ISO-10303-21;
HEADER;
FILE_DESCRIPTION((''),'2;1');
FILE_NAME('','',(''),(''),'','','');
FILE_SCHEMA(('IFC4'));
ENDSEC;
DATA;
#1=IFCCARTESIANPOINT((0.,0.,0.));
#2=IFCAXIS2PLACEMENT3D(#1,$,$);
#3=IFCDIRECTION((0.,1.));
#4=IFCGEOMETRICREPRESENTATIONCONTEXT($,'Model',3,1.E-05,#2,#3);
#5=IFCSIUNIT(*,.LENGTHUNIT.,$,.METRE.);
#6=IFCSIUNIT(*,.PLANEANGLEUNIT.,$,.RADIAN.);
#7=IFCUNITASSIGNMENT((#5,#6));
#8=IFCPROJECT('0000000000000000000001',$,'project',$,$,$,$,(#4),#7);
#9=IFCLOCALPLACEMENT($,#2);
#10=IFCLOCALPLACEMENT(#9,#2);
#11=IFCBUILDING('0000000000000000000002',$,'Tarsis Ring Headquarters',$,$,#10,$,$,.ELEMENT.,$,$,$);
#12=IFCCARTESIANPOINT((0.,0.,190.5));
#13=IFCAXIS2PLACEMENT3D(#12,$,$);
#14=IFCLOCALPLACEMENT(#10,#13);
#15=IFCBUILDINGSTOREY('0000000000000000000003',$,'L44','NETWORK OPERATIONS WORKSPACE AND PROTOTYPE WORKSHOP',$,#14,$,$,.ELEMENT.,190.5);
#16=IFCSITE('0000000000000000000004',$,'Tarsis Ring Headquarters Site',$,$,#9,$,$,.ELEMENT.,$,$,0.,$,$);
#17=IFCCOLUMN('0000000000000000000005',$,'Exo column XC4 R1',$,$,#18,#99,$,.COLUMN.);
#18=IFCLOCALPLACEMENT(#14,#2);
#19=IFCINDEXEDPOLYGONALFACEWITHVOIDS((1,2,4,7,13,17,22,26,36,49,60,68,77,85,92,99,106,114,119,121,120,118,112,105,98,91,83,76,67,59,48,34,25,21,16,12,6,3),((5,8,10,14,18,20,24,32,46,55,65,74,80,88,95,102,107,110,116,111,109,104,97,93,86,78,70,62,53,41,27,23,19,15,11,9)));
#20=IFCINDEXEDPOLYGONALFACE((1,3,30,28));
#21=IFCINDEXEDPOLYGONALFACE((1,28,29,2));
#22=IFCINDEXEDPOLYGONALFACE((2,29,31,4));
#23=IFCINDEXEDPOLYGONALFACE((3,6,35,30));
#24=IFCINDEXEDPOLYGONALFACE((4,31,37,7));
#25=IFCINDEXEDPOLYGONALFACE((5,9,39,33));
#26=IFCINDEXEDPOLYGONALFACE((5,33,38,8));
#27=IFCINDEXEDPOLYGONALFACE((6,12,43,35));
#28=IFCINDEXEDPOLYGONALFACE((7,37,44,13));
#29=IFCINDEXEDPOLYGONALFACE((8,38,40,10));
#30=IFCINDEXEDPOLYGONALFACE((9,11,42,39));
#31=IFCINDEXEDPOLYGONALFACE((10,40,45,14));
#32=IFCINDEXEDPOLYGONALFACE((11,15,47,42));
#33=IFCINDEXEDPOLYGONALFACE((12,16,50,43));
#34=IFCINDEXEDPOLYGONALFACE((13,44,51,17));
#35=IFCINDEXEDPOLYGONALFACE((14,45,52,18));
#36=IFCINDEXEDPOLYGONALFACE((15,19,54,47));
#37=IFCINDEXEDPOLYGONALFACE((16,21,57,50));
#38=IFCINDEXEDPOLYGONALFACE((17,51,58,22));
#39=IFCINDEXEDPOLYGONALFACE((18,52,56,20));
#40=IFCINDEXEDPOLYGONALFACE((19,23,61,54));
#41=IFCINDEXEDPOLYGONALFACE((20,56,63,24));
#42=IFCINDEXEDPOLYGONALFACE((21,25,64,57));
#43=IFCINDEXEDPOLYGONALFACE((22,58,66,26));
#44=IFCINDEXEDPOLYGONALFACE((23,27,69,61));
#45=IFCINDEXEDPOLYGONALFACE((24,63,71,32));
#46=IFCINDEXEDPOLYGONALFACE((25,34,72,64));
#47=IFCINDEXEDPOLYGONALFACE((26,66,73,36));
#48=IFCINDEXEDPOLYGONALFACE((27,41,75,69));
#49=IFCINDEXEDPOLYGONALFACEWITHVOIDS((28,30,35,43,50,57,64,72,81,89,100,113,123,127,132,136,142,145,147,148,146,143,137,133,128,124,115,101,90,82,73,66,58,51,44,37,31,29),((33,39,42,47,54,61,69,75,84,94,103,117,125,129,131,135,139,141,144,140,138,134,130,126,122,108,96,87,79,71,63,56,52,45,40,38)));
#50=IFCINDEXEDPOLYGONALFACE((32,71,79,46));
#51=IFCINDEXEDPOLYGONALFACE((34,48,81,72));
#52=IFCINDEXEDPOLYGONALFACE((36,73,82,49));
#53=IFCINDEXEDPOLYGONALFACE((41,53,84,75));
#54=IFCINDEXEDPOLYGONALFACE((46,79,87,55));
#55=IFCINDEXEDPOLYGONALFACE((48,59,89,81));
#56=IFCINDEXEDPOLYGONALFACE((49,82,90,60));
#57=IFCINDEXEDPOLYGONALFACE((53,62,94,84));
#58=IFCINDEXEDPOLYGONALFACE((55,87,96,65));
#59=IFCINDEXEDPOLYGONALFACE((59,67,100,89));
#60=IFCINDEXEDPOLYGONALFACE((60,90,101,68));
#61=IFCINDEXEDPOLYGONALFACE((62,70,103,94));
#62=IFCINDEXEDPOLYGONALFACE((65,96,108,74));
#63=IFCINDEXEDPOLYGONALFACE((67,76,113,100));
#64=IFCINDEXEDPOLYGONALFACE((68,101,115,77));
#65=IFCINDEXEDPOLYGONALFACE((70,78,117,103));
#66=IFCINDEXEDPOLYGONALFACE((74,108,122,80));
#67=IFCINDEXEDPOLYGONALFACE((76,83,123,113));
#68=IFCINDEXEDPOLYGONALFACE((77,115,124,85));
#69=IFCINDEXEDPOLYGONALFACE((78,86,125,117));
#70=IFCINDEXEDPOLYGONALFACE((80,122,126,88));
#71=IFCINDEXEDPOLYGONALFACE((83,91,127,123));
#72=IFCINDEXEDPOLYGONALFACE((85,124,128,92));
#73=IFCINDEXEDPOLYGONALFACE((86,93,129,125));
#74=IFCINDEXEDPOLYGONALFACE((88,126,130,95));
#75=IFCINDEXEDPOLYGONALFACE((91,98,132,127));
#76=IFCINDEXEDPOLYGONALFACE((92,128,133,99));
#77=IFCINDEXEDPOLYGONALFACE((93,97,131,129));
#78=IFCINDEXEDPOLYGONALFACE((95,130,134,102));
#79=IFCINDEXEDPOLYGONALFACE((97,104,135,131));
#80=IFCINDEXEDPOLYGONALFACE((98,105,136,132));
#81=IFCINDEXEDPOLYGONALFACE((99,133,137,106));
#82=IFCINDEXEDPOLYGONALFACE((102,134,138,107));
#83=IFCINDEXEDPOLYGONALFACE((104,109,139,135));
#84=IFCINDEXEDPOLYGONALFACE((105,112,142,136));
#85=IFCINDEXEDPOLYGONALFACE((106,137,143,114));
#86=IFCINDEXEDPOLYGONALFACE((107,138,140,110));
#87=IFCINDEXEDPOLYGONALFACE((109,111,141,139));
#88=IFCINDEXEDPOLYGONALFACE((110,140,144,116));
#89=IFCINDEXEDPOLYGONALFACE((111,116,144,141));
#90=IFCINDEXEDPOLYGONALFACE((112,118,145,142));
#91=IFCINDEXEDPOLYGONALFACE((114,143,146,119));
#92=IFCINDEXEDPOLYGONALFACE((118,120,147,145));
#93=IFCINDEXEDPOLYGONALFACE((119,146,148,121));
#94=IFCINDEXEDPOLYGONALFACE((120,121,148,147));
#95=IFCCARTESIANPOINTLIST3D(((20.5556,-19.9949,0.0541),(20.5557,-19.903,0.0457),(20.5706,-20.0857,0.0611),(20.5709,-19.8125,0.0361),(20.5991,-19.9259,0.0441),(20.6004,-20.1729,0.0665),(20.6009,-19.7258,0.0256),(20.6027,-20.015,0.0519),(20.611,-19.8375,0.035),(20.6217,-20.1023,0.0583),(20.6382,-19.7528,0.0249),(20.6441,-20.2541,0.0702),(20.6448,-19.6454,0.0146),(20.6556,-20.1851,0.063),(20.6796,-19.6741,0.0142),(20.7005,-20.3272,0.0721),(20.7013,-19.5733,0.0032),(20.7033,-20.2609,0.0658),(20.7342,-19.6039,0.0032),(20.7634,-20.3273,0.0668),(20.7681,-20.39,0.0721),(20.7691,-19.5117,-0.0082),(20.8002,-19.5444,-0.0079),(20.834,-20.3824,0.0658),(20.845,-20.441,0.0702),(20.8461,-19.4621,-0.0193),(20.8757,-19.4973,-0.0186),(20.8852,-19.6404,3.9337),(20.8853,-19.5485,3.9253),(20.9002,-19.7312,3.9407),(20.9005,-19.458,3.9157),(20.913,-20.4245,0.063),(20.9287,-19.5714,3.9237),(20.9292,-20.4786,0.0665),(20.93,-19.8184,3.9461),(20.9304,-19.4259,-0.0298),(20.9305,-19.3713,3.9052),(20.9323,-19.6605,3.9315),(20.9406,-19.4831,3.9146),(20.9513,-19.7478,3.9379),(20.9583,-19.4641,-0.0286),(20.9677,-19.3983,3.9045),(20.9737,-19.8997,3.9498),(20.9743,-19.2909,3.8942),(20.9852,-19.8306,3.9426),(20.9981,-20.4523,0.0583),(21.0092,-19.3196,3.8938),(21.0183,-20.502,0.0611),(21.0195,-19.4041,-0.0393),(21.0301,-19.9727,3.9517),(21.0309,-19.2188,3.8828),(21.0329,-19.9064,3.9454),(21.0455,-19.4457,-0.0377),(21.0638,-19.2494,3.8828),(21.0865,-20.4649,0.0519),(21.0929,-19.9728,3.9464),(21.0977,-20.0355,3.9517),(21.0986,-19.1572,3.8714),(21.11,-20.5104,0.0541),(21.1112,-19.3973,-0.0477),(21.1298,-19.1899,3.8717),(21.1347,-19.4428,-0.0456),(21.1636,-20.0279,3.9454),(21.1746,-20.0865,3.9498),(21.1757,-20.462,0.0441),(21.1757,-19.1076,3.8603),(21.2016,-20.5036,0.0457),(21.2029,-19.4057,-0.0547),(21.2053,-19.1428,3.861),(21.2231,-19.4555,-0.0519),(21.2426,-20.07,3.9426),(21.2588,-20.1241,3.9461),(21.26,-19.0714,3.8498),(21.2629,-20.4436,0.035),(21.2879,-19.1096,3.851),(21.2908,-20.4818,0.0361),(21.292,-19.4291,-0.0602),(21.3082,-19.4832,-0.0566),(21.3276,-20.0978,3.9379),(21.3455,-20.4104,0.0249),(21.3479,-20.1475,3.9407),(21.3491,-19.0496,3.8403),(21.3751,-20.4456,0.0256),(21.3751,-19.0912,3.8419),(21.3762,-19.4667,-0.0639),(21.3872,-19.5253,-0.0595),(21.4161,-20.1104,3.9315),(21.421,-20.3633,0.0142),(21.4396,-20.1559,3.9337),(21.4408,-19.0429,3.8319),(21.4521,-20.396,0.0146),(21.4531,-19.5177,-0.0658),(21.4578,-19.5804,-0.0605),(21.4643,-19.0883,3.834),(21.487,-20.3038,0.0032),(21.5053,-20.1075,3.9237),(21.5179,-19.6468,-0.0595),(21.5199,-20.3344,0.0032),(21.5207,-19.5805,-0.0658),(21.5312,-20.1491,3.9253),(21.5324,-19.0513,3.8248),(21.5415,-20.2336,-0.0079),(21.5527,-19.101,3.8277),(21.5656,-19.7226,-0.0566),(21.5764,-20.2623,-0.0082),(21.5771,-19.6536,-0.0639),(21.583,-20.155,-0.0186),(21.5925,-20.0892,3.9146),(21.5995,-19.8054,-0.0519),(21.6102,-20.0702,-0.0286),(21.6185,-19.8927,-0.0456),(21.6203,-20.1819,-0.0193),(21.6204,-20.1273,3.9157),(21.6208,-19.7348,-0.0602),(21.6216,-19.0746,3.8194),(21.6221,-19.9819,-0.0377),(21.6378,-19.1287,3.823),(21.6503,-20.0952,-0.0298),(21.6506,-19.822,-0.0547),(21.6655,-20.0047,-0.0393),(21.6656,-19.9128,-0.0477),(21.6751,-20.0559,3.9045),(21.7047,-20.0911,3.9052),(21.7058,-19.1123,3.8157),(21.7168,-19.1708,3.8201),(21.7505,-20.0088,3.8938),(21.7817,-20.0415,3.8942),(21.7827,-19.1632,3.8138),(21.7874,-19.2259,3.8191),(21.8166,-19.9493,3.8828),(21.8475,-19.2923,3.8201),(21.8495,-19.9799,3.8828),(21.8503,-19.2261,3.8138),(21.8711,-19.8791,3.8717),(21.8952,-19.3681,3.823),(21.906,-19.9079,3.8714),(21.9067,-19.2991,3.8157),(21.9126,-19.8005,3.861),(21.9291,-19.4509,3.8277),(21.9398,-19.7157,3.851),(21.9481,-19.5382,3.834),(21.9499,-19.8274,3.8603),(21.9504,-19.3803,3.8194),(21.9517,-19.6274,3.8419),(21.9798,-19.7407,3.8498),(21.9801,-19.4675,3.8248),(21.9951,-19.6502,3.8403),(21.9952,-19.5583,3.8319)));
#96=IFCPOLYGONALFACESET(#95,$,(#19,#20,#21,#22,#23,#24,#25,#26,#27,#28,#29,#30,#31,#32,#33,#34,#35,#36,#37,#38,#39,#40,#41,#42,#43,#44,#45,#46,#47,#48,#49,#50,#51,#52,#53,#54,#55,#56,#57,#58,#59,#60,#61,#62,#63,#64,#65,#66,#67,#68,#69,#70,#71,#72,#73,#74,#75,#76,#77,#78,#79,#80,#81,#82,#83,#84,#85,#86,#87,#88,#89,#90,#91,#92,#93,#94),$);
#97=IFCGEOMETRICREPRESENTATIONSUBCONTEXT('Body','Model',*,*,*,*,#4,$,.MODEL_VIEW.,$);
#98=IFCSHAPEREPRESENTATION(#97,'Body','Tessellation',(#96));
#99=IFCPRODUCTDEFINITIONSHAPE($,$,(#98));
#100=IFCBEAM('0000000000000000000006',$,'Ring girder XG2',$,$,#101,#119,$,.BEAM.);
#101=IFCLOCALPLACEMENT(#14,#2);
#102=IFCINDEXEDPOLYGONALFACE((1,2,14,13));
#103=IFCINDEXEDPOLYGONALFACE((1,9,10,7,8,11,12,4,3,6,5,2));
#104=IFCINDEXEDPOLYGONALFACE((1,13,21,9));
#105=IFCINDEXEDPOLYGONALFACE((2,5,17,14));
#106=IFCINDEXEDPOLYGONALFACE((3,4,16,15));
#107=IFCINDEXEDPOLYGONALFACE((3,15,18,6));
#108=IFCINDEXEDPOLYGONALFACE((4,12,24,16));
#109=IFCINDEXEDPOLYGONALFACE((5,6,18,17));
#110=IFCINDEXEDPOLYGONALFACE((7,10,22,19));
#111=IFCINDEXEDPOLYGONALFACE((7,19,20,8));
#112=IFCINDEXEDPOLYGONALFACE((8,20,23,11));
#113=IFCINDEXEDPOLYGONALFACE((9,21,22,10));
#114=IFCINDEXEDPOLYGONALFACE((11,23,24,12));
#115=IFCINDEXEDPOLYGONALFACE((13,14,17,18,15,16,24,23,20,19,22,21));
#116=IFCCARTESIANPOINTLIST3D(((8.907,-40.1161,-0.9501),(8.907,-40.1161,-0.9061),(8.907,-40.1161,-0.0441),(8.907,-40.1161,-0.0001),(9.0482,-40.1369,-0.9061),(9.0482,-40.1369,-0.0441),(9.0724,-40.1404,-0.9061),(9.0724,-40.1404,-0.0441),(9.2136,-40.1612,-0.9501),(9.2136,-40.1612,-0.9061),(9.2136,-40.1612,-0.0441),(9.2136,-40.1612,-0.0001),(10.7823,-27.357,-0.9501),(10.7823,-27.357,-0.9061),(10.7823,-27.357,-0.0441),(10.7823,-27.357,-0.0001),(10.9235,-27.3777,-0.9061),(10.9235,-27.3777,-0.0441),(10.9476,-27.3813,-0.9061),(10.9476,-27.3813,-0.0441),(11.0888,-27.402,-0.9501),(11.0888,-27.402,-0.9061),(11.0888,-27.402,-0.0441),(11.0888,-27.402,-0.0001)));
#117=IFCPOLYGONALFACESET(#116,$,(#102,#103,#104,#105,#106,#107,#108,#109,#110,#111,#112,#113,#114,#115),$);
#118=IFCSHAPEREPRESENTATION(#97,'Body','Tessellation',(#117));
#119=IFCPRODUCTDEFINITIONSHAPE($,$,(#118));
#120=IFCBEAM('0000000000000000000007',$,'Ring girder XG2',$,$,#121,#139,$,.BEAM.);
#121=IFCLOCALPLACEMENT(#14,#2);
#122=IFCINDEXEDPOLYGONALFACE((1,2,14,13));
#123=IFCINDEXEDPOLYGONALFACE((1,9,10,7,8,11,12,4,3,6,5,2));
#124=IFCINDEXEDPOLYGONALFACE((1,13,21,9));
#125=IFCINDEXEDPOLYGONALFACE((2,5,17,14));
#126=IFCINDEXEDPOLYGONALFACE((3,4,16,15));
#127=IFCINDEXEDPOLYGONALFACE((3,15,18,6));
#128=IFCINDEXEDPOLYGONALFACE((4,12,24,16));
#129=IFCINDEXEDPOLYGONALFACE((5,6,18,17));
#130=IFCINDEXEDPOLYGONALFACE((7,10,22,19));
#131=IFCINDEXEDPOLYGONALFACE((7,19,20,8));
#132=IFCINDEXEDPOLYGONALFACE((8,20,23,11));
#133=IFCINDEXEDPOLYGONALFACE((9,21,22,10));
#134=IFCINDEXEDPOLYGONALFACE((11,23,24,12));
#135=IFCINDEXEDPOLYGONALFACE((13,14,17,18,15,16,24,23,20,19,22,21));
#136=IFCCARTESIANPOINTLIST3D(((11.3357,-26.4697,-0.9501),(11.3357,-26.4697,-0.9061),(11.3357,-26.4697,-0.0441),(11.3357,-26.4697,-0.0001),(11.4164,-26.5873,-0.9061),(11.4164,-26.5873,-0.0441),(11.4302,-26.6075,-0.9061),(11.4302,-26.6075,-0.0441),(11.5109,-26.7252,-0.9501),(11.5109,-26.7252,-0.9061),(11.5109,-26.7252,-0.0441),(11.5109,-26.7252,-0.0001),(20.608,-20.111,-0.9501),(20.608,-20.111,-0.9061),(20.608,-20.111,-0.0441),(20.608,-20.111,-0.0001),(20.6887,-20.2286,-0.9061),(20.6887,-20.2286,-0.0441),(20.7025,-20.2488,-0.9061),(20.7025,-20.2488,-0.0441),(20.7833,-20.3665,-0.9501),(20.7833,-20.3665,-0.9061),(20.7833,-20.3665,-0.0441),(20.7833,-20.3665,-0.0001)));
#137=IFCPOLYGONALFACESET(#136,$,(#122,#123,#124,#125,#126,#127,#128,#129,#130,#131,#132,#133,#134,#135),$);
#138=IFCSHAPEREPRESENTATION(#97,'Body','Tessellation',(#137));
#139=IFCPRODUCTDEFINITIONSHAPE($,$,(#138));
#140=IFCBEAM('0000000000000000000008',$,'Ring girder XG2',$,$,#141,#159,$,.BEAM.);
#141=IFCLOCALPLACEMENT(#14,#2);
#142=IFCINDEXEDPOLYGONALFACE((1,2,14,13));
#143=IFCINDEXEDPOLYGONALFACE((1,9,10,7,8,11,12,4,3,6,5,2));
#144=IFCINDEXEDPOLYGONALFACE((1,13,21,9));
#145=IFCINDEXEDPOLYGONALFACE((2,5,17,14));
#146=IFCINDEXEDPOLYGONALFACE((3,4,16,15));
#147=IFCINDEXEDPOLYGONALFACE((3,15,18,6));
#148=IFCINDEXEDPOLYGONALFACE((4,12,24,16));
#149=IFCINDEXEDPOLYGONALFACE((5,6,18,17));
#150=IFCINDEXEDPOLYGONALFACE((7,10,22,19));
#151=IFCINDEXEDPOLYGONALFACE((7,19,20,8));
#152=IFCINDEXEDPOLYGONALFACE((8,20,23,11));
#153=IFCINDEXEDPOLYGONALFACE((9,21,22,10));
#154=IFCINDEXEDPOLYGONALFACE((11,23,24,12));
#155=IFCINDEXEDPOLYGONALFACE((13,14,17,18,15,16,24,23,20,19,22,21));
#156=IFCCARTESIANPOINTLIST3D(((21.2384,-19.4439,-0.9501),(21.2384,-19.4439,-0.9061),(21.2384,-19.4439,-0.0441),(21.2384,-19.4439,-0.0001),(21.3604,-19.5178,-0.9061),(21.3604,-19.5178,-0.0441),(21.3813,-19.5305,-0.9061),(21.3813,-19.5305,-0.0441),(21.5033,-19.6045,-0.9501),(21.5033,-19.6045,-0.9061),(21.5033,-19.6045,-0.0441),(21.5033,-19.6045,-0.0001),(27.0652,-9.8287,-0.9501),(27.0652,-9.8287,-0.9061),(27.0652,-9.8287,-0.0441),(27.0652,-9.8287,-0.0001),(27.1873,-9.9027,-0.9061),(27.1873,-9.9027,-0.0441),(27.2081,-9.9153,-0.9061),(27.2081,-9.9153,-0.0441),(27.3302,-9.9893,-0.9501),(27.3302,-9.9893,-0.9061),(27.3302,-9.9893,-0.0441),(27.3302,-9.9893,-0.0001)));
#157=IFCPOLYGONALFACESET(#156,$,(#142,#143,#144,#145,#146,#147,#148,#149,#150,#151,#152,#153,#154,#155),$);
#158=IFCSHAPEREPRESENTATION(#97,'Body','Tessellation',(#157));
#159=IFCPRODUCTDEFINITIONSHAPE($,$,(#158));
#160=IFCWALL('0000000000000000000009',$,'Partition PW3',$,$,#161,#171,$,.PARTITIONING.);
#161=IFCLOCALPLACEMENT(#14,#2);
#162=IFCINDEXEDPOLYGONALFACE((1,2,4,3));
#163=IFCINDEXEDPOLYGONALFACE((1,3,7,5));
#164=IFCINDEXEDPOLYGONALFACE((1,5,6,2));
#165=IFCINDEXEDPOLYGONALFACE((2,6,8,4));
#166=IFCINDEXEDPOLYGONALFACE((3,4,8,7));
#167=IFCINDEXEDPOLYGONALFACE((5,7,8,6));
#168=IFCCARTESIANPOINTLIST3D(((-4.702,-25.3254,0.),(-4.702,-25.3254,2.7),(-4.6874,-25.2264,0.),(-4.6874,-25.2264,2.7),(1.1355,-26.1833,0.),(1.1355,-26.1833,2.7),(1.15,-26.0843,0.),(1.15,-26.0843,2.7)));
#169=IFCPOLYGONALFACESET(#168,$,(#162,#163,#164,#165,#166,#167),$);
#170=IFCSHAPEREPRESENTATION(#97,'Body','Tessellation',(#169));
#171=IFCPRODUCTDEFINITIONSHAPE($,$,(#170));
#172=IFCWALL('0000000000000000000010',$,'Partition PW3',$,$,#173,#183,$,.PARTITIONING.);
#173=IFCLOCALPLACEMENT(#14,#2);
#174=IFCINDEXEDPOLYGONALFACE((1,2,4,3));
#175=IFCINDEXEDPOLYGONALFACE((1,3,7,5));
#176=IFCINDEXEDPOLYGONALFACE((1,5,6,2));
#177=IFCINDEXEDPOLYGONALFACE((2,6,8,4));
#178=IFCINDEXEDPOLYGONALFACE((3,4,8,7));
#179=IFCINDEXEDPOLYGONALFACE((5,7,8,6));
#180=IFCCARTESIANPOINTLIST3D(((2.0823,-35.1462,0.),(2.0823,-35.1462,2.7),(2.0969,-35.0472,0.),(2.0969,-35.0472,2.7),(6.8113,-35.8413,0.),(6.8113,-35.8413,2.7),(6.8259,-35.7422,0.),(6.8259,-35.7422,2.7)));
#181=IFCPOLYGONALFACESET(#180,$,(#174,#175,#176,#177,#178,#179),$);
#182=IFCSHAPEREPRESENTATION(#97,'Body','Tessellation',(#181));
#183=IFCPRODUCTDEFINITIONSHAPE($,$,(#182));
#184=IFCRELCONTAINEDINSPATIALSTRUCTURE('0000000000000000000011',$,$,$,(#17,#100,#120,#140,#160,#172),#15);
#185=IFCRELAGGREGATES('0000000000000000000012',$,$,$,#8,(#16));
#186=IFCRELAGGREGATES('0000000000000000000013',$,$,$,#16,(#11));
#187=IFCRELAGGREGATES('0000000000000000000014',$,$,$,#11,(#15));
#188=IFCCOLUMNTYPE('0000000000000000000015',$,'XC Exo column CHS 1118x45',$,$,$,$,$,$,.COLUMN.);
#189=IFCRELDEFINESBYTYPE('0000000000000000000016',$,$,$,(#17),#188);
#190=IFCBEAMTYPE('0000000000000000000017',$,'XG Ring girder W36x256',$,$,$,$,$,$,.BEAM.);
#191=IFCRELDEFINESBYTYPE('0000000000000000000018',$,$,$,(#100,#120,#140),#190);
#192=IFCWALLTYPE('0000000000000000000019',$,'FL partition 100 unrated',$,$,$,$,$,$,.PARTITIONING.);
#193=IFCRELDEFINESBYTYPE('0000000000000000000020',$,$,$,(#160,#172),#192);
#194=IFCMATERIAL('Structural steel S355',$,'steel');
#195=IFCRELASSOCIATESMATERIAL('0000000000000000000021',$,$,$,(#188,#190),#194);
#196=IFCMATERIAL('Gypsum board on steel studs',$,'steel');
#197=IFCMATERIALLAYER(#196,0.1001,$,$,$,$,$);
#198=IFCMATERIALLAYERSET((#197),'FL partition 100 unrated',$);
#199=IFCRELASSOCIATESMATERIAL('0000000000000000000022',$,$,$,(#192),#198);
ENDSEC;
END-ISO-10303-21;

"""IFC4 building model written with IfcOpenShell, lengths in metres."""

from ifc_helpers import new_model, si_unit, direction, frame, frame_2d, origin, origin_2d, place, context, subcontext, project, spatial, rectangle, hollow_circle, i_section, extrude, material, layer, layer_set, material_profile, profile_set, type_object, element, save


model = new_model("IFC4")

# Units and contexts
model_context = context("Model", 3, precision=1e-05, world=origin(), true_north=direction((0.0, 1.0)))
body_context = subcontext(model_context, "Body", "Model", "MODEL_VIEW")
ifc_project = project(units=[si_unit("LENGTHUNIT", "METRE"), si_unit("PLANEANGLEUNIT", "RADIAN")], contexts=[model_context])

# Site, building, storey
site_placement = place(None, origin())
site = spatial("IfcSite", under=ifc_project, at=site_placement, Name="Tarsis Ring Headquarters Site", CompositionType="ELEMENT", RefElevation=0.0)
building_placement = place(site_placement, origin())
building = spatial("IfcBuilding", under=site, at=building_placement, Name="Tarsis Ring Headquarters", CompositionType="ELEMENT")
storey_placement = place(building_placement, frame((0.0, 0.0, 190.5)))
storey = spatial("IfcBuildingStorey", under=building, at=storey_placement, Name="L44", Description="NETWORK OPERATIONS WORKSPACE AND PROTOTYPE WORKSHOP", CompositionType="ELEMENT", Elevation=190.5)

# Column
ifc_material_1 = material(Name="Structural steel S355", Category="steel")
ifc_material_profile_1 = material_profile(ifc_material_1, hollow_circle(Radius=0.5588, WallThickness=0.0449, at=origin_2d()), Name="CHS 1118x45")
ifc_profile_set_1 = profile_set([ifc_material_profile_1], Name="Structural steel S355")
column_type = type_object("IfcColumnType", Name="XC Exo column CHS 1118x45", PredefinedType="COLUMN", material=ifc_profile_set_1)
for number, where, z_axis, x_axis, name in (
    (1, (21.1106, -19.9539, 0.0032), (0.0843, 0.09067, 0.992307), (-0.732362, 0.680915, 0.0), "Exo column XC4 R1"),
):
    element("IfcColumn", number, at=place(storey_placement, frame(where, z_axis=z_axis, x_axis=x_axis)), inside=storey, type_object=column_type, Name=name, PredefinedType="COLUMN", context=body_context, shape_type="SweptSolid", body=[
        extrude(hollow_circle(Radius=0.5588, WallThickness=0.0449, at=origin_2d()), origin(), (0.0, 0.0, 1.0), 3.9097),
    ])

# Beams
ifc_material_profile_2 = material_profile(ifc_material_1, i_section(OverallWidth=0.3098, OverallDepth=0.95, WebThickness=0.0244, FlangeThickness=0.0439, at=origin_2d()), Name="W36x256")
ifc_profile_set_2 = profile_set([ifc_material_profile_2], Name="Structural steel S355")
beam_type = type_object("IfcBeamType", Name="XG Ring girder W36x256", PredefinedType="BEAM", material=ifc_profile_set_2)
beam_1_placement = place(storey_placement, frame((9.0603, -40.1387, -0.4751), z_axis=(0.145409, 0.989372, 0.0), x_axis=(-0.989372, 0.145409, 0.0)))
element("IfcBeam", 2, at=beam_1_placement, inside=storey, type_object=beam_type, Name="Ring girder XG2", PredefinedType="BEAM", context=body_context, shape_type="SweptSolid", body=[
    extrude(i_section(OverallWidth=0.3098, OverallDepth=0.95, WebThickness=0.0244, FlangeThickness=0.0439, at=origin_2d()), origin(), (0.0, 0.0, 1.0), 12.8962),
])
beam_2_placement = place(storey_placement, frame((11.4233, -26.5974, -0.4751), z_axis=(0.824706, 0.565562, 0.0), x_axis=(-0.565562, 0.824706, 0.0)))
element("IfcBeam", 3, at=beam_2_placement, inside=storey, type_object=beam_type, Name="Ring girder XG2", PredefinedType="BEAM", context=body_context, shape_type="SweptSolid", body=[
    extrude(i_section(OverallWidth=0.3098, OverallDepth=0.95, WebThickness=0.0244, FlangeThickness=0.0439, at=origin_2d()), origin(), (0.0, 0.0, 1.0), 11.2432),
])
beam_3_placement = place(storey_placement, frame((21.3708, -19.5242, -0.4751), z_axis=(0.518269, 0.855218, 0.0), x_axis=(-0.855218, 0.518269, 0.0)))
element("IfcBeam", 4, at=beam_3_placement, inside=storey, type_object=beam_type, Name="Ring girder XG2", PredefinedType="BEAM", context=body_context, shape_type="SweptSolid", body=[
    extrude(i_section(OverallWidth=0.3098, OverallDepth=0.95, WebThickness=0.0244, FlangeThickness=0.0439, at=origin_2d()), origin(), (0.0, 0.0, 1.0), 11.2429),
])

# Walls
ifc_material_2 = material(Name="Gypsum board on steel studs", Category="steel")
ifc_layer_1 = layer(ifc_material_2, 0.1001)
ifc_layer_set_1 = layer_set([ifc_layer_1], Name="FL partition 100 unrated")
wall_type_1 = type_object("IfcWallType", Name="FL partition 100 unrated", PredefinedType="PARTITIONING", material=ifc_layer_set_1)
wall_1_placement = place(storey_placement, frame((-4.6948, -25.2759, 0.0), z_axis=(0.0, 0.0, 1.0), x_axis=(0.989372, -0.145406, 0.0)))
element("IfcWall", 5, at=wall_1_placement, inside=storey, type_object=wall_type_1, Name="Partition PW3", PredefinedType="PARTITIONING", context=body_context, shape_type="SweptSolid", body=[
    extrude(rectangle(XDim=5.9001, YDim=0.1001, at=frame_2d((2.9502, 0.0))), origin(), (0.0, 0.0, 1.0), 2.7),
])
wall_2_placement = place(storey_placement, frame((2.0896, -35.0967, 0.0), z_axis=(0.0, 0.0, 1.0), x_axis=(0.98937, -0.145418, 0.0)))
element("IfcWall", 6, at=wall_2_placement, inside=storey, type_object=wall_type_1, Name="Partition PW3", PredefinedType="PARTITIONING", context=body_context, shape_type="SweptSolid", body=[
    extrude(rectangle(XDim=4.7798, YDim=0.1001, at=frame_2d((2.3899, 0.0))), origin(), (0.0, 0.0, 1.0), 2.7),
])

save(model, "model.ifc")
